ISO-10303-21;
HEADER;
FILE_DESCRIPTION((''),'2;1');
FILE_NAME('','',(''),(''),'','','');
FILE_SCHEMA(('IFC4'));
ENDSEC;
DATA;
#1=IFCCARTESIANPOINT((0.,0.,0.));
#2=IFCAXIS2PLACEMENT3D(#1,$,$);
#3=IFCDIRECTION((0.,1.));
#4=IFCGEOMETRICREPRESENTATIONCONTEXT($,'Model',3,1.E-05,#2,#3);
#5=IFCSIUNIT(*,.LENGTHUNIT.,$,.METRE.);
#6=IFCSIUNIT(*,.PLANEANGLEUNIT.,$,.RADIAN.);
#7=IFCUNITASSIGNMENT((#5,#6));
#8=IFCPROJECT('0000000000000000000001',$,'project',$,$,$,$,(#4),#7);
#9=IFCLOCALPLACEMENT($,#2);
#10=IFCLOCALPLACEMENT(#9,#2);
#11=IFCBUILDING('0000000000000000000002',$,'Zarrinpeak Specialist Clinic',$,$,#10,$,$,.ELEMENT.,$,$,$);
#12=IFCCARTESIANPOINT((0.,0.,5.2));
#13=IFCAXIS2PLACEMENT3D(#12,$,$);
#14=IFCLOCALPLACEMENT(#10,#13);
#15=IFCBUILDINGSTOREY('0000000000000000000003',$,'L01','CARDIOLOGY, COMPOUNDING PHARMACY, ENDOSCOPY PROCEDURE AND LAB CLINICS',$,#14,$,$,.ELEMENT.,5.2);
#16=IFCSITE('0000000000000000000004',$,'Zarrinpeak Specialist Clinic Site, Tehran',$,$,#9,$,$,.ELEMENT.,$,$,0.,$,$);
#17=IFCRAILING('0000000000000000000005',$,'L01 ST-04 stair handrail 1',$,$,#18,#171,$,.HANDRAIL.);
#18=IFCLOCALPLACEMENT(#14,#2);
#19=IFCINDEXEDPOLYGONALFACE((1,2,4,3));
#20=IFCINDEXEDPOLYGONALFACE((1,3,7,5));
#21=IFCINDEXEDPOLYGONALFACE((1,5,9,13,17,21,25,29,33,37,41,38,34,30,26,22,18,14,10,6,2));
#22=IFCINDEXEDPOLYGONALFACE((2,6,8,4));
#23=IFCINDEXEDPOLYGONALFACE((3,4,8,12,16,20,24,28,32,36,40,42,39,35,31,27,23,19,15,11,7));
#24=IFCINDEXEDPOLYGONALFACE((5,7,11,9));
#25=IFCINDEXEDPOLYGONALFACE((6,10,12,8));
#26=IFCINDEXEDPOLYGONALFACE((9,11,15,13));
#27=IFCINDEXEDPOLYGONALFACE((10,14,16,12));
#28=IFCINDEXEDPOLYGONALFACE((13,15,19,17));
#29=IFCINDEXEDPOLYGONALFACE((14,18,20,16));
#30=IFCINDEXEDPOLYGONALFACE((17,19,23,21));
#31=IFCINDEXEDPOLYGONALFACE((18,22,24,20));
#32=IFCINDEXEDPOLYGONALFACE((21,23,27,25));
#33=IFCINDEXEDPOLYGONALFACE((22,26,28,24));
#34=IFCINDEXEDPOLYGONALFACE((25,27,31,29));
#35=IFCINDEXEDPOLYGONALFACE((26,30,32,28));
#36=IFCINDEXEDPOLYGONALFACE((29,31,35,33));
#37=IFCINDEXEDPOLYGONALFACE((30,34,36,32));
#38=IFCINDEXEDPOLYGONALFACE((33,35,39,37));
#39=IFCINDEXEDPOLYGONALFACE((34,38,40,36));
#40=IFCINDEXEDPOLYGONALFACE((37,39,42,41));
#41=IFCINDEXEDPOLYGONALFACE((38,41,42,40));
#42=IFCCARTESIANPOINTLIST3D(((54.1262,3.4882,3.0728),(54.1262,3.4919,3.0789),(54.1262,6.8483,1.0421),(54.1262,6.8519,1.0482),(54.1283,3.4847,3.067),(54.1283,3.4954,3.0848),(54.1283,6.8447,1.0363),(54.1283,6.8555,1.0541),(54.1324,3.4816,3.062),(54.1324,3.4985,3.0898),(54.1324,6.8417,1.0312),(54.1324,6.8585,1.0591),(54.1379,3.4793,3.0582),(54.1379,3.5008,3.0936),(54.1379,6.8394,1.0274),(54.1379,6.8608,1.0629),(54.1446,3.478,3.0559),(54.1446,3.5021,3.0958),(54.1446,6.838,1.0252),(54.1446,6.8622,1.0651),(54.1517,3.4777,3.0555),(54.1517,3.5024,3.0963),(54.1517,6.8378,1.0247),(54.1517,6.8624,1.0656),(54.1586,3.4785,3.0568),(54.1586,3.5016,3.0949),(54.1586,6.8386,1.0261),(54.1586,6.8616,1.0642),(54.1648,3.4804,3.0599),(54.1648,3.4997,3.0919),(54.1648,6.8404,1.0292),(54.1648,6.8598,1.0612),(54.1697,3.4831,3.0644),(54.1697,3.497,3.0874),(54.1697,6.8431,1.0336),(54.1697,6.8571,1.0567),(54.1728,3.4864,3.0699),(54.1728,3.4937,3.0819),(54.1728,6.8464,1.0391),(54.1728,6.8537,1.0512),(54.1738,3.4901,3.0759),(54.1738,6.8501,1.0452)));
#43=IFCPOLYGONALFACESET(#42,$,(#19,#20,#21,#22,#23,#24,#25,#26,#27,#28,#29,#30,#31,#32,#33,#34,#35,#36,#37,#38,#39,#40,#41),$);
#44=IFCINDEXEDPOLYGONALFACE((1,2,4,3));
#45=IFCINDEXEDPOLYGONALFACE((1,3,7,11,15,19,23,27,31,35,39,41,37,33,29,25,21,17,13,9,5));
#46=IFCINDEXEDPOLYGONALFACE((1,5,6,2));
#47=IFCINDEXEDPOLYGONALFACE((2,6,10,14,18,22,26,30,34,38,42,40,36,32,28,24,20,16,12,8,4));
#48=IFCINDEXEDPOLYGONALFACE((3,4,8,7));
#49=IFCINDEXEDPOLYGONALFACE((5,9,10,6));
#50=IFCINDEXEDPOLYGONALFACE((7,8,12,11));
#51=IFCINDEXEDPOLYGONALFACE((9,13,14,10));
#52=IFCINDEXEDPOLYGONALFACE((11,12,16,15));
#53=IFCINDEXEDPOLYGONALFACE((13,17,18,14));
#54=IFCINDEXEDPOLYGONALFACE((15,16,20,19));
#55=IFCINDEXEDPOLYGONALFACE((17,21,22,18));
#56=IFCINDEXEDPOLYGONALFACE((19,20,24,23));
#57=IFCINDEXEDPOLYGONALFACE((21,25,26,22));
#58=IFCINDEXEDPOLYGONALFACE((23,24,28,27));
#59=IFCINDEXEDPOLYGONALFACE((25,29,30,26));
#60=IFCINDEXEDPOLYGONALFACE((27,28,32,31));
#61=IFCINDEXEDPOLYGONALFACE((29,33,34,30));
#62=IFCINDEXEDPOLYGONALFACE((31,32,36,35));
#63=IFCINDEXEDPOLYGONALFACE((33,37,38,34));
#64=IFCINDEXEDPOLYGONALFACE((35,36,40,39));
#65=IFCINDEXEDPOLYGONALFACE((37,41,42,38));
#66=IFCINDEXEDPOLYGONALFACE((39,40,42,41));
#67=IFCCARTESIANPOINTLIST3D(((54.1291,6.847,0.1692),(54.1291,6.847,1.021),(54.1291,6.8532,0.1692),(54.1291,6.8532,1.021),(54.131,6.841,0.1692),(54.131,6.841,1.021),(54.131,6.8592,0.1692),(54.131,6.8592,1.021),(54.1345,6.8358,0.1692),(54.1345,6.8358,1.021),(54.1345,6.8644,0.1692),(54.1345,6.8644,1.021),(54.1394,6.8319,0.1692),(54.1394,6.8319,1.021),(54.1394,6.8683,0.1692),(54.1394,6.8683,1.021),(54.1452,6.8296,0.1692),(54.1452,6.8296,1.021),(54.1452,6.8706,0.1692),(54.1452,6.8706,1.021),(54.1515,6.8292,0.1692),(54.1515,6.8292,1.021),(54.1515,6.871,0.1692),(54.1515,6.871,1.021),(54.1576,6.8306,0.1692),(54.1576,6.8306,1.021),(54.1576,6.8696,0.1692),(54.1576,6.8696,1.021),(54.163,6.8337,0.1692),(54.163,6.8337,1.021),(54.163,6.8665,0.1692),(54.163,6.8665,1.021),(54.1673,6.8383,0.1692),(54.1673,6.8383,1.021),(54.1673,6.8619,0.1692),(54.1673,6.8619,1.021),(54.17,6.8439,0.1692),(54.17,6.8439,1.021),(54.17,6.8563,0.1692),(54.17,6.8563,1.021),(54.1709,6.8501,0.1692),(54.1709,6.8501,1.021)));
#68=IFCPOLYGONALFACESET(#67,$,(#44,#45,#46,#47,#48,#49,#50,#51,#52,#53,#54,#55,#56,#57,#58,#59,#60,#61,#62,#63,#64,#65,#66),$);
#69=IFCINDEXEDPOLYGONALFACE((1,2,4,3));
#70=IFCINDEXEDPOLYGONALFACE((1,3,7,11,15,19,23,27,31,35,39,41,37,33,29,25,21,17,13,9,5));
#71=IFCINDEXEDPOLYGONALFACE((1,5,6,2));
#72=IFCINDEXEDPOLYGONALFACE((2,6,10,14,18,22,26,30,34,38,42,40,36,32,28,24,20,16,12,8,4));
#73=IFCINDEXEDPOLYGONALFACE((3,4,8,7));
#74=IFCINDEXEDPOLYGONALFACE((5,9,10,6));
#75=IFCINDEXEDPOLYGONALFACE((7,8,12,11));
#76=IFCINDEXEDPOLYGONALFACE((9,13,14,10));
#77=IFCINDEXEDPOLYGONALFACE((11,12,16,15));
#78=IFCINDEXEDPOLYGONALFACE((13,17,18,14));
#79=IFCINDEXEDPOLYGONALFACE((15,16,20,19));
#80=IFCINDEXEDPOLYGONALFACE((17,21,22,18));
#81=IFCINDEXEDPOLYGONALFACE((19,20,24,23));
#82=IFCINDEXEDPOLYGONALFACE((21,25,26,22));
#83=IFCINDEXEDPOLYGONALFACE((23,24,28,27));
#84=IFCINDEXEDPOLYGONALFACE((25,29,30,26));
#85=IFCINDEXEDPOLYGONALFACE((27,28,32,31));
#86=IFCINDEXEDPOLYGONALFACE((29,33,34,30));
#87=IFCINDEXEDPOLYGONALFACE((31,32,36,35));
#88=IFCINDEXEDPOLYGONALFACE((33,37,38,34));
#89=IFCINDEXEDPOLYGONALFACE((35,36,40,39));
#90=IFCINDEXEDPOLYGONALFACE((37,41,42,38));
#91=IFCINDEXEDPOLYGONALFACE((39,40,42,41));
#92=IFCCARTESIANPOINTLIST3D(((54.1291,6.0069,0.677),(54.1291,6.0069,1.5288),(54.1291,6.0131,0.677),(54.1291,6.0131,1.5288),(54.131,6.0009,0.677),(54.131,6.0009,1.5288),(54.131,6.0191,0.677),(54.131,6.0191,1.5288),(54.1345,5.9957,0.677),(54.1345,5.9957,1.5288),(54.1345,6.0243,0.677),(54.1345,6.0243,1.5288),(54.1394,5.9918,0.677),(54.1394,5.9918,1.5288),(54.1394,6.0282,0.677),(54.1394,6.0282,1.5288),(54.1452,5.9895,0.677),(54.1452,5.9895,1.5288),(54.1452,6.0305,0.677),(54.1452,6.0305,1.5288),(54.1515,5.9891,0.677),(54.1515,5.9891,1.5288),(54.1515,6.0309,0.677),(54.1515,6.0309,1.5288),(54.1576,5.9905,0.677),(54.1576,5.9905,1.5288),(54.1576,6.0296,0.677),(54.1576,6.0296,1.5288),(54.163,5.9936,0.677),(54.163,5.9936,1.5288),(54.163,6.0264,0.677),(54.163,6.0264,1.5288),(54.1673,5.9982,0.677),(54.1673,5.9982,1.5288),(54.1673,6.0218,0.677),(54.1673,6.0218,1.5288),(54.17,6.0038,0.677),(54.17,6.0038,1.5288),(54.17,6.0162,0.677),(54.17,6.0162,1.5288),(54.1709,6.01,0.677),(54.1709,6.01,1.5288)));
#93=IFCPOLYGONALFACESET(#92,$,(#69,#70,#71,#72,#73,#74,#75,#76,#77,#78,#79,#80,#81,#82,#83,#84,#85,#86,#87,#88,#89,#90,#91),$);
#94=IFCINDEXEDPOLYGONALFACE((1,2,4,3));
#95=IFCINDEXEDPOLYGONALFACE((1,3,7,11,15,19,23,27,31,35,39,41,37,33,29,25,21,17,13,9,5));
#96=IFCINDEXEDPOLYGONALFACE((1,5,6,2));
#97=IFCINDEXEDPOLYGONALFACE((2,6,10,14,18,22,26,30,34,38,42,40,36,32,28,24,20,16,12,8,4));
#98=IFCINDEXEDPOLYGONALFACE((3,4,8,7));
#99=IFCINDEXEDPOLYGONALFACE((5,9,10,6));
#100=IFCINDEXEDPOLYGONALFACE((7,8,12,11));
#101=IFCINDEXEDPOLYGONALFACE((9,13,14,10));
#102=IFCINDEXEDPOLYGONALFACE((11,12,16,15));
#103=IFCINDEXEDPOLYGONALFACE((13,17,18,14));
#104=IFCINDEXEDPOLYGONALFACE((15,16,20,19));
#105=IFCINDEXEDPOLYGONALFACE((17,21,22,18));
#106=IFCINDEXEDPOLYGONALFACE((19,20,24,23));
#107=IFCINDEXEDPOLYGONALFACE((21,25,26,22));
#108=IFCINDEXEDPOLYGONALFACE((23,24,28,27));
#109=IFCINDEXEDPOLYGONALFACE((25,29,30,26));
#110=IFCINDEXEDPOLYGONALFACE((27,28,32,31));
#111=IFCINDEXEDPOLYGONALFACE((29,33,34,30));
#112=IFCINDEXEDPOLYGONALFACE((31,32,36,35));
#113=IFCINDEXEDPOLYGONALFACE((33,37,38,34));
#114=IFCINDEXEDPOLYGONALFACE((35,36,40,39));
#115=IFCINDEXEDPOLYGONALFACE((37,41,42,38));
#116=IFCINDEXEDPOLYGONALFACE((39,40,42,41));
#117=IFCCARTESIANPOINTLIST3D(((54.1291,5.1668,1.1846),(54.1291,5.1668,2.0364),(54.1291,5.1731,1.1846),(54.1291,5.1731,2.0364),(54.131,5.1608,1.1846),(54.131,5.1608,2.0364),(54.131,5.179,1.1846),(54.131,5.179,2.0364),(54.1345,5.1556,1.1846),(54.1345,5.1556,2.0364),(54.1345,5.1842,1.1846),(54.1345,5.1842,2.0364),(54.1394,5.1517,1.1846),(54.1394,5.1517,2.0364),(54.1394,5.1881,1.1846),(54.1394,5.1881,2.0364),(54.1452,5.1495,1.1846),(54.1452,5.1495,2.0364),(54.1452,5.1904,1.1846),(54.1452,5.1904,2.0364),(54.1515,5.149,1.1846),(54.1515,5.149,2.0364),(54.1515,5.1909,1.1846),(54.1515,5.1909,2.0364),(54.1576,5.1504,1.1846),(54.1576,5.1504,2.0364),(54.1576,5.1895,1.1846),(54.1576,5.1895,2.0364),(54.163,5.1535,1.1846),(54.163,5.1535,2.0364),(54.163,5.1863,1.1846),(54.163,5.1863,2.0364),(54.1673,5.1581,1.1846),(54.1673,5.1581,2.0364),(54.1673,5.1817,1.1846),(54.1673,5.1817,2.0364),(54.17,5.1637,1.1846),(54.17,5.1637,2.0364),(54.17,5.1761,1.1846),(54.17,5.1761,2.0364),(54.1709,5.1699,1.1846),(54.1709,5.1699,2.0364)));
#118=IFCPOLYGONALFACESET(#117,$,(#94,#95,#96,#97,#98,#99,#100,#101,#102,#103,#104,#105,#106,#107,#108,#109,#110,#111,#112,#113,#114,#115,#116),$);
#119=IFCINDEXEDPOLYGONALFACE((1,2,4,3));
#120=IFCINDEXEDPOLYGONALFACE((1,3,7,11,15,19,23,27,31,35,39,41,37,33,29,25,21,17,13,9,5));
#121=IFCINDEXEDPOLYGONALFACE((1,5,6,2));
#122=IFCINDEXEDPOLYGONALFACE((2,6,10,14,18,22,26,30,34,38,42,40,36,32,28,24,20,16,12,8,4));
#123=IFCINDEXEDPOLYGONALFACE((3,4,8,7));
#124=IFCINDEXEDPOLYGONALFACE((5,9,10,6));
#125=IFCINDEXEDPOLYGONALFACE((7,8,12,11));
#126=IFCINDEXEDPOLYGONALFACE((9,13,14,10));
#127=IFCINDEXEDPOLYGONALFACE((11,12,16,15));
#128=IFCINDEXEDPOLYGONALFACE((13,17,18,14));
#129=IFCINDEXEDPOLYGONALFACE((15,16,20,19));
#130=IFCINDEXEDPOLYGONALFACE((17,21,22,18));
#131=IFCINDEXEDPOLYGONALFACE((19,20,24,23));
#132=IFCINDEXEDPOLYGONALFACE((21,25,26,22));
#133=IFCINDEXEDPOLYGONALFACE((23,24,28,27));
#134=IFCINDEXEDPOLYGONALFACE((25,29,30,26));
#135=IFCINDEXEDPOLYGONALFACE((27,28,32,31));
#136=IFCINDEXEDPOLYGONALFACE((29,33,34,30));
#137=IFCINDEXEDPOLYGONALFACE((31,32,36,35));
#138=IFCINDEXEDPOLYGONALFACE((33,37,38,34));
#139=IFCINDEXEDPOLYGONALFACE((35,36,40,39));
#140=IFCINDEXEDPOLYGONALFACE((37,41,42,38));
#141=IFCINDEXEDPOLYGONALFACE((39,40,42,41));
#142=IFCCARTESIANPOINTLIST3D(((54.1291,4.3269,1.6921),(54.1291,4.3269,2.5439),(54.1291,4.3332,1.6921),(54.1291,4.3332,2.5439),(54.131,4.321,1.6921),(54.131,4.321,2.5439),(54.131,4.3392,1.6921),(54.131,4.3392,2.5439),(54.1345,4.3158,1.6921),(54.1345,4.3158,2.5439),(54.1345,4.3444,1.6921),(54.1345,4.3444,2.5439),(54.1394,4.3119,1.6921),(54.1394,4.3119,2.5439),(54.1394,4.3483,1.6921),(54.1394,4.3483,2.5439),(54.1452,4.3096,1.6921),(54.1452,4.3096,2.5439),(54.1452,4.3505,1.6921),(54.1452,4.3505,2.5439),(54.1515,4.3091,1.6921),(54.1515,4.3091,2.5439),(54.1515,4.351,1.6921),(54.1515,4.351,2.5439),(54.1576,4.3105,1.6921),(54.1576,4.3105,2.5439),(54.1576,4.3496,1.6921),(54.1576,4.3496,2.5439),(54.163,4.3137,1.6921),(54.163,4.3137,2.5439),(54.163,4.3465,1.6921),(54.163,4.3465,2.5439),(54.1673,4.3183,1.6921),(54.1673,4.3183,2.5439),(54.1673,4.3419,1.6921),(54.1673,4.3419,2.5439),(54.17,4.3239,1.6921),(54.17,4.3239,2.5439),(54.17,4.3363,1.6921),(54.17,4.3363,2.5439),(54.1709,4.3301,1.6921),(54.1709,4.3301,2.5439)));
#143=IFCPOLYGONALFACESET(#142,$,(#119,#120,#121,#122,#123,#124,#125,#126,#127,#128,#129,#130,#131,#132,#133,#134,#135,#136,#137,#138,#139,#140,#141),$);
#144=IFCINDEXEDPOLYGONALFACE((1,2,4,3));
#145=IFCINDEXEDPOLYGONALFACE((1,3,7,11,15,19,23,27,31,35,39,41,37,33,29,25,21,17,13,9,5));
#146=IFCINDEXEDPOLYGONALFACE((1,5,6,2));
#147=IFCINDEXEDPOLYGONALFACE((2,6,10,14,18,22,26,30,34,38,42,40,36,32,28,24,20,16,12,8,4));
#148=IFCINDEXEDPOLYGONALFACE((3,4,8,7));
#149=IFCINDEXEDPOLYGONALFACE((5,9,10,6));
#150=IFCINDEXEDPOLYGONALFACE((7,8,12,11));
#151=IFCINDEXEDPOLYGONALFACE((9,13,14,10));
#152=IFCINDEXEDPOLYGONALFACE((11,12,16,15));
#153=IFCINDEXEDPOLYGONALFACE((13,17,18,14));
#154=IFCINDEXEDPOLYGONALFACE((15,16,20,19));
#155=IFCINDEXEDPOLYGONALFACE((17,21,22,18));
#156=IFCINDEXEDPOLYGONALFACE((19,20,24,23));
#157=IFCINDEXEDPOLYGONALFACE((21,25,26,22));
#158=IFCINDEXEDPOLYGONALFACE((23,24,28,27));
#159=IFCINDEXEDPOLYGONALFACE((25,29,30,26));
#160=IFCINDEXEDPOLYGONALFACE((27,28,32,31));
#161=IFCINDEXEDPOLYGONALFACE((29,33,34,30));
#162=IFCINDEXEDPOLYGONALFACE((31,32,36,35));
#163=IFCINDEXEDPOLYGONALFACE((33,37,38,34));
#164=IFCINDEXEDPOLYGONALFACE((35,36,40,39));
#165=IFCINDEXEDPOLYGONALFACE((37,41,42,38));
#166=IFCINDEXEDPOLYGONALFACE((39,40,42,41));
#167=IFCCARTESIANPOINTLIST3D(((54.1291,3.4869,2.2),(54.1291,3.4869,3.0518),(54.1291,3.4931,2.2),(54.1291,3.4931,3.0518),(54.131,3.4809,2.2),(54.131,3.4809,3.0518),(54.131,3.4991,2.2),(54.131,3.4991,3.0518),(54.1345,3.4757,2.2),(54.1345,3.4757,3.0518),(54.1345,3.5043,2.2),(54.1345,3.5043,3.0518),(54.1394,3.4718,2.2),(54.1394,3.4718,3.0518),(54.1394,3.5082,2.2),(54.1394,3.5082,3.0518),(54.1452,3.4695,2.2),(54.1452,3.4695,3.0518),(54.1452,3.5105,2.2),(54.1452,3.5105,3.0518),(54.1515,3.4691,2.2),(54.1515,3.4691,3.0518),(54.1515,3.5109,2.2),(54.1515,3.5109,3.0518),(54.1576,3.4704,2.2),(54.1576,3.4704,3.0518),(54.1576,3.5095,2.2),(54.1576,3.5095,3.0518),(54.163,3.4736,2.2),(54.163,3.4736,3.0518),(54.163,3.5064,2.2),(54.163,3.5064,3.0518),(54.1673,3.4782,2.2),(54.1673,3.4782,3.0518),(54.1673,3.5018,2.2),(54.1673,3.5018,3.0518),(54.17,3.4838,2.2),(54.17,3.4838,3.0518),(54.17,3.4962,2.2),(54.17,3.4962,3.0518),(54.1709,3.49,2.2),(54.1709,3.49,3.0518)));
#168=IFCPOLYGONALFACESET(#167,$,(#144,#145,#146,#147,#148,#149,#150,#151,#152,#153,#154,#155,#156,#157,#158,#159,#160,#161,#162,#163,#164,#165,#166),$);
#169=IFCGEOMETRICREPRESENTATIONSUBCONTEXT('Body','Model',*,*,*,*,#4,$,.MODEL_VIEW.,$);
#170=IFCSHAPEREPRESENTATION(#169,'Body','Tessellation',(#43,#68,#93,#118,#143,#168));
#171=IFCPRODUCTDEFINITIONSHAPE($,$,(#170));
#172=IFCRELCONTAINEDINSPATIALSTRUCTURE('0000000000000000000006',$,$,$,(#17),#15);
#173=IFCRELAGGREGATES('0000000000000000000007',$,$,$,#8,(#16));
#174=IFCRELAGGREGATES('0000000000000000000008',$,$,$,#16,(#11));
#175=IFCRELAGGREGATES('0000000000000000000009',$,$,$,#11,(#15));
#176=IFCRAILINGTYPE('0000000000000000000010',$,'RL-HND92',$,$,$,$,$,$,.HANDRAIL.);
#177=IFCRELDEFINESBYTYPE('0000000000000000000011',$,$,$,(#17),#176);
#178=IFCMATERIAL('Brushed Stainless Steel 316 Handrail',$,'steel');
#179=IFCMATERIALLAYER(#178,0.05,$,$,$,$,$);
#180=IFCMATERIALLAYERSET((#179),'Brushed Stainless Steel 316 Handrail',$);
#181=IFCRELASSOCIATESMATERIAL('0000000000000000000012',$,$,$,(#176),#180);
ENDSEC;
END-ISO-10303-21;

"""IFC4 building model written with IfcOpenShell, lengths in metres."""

from ifc_helpers import new_model, si_unit, direction, frame, origin, origin_2d, place, context, subcontext, project, spatial, circle, extrude, material, layer, layer_set, type_object, element, save


model = new_model("IFC4")

# Units and contexts
model_context = context("Model", 3, precision=1e-05, world=origin(), true_north=direction((0.0, 1.0)))
body_context = subcontext(model_context, "Body", "Model", "MODEL_VIEW")
ifc_project = project(units=[si_unit("LENGTHUNIT", "METRE"), si_unit("PLANEANGLEUNIT", "RADIAN")], contexts=[model_context])

# Site, building, storey
site_placement = place(None, origin())
site = spatial("IfcSite", under=ifc_project, at=site_placement, Name="Zarrinpeak Specialist Clinic Site, Tehran", CompositionType="ELEMENT", RefElevation=0.0)
building_placement = place(site_placement, origin())
building = spatial("IfcBuilding", under=site, at=building_placement, Name="Zarrinpeak Specialist Clinic", CompositionType="ELEMENT")
storey_placement = place(building_placement, frame((0.0, 0.0, 5.2)))
storey = spatial("IfcBuildingStorey", under=building, at=storey_placement, Name="L01", Description="CARDIOLOGY, COMPOUNDING PHARMACY, ENDOSCOPY PROCEDURE AND LAB CLINICS", CompositionType="ELEMENT", Elevation=5.2)

# Railing
ifc_material_1 = material(Name="Brushed Stainless Steel 316 Handrail", Category="steel")
ifc_layer_1 = layer(ifc_material_1, 0.05)
ifc_layer_set_1 = layer_set([ifc_layer_1], Name="Brushed Stainless Steel 316 Handrail")
railing_type_1 = type_object("IfcRailingType", Name="RL-HND92", PredefinedType="HANDRAIL", material=ifc_layer_set_1)
railing_1_placement = place(storey_placement, frame((54.1499, 6.8501, 0.1692)))
element("IfcRailing", 1, at=railing_1_placement, inside=storey, type_object=railing_type_1, Name="L01 ST-04 stair handrail 1", PredefinedType="HANDRAIL", context=body_context, shape_type="SweptSolid", body=[
    extrude(circle(Radius=0.0239, at=origin_2d()), frame((0.0, 0.0, 0.876), z_axis=(0.0, -0.855837, 0.517246), x_axis=(1.0, 0.0, 0.0)), (0.0, 0.0, 1.0), 3.926),
    extrude(circle(Radius=0.021, at=origin_2d()), origin(), (0.0, 0.0, 1.0), 0.8518),
    extrude(circle(Radius=0.021, at=origin_2d()), frame((0.0, -0.8401, 0.5078)), (0.0, 0.0, 1.0), 0.8518),
    extrude(circle(Radius=0.021, at=origin_2d()), frame((0.0, -1.6802, 1.0154)), (0.0, 0.0, 1.0), 0.8518),
    extrude(circle(Radius=0.021, at=origin_2d()), frame((0.0, -2.52, 1.5229)), (0.0, 0.0, 1.0), 0.8518),
    extrude(circle(Radius=0.021, at=origin_2d()), frame((0.0, -3.3601, 2.0308)), (0.0, 0.0, 1.0), 0.8518),
])

save(model, "model.ifc")
